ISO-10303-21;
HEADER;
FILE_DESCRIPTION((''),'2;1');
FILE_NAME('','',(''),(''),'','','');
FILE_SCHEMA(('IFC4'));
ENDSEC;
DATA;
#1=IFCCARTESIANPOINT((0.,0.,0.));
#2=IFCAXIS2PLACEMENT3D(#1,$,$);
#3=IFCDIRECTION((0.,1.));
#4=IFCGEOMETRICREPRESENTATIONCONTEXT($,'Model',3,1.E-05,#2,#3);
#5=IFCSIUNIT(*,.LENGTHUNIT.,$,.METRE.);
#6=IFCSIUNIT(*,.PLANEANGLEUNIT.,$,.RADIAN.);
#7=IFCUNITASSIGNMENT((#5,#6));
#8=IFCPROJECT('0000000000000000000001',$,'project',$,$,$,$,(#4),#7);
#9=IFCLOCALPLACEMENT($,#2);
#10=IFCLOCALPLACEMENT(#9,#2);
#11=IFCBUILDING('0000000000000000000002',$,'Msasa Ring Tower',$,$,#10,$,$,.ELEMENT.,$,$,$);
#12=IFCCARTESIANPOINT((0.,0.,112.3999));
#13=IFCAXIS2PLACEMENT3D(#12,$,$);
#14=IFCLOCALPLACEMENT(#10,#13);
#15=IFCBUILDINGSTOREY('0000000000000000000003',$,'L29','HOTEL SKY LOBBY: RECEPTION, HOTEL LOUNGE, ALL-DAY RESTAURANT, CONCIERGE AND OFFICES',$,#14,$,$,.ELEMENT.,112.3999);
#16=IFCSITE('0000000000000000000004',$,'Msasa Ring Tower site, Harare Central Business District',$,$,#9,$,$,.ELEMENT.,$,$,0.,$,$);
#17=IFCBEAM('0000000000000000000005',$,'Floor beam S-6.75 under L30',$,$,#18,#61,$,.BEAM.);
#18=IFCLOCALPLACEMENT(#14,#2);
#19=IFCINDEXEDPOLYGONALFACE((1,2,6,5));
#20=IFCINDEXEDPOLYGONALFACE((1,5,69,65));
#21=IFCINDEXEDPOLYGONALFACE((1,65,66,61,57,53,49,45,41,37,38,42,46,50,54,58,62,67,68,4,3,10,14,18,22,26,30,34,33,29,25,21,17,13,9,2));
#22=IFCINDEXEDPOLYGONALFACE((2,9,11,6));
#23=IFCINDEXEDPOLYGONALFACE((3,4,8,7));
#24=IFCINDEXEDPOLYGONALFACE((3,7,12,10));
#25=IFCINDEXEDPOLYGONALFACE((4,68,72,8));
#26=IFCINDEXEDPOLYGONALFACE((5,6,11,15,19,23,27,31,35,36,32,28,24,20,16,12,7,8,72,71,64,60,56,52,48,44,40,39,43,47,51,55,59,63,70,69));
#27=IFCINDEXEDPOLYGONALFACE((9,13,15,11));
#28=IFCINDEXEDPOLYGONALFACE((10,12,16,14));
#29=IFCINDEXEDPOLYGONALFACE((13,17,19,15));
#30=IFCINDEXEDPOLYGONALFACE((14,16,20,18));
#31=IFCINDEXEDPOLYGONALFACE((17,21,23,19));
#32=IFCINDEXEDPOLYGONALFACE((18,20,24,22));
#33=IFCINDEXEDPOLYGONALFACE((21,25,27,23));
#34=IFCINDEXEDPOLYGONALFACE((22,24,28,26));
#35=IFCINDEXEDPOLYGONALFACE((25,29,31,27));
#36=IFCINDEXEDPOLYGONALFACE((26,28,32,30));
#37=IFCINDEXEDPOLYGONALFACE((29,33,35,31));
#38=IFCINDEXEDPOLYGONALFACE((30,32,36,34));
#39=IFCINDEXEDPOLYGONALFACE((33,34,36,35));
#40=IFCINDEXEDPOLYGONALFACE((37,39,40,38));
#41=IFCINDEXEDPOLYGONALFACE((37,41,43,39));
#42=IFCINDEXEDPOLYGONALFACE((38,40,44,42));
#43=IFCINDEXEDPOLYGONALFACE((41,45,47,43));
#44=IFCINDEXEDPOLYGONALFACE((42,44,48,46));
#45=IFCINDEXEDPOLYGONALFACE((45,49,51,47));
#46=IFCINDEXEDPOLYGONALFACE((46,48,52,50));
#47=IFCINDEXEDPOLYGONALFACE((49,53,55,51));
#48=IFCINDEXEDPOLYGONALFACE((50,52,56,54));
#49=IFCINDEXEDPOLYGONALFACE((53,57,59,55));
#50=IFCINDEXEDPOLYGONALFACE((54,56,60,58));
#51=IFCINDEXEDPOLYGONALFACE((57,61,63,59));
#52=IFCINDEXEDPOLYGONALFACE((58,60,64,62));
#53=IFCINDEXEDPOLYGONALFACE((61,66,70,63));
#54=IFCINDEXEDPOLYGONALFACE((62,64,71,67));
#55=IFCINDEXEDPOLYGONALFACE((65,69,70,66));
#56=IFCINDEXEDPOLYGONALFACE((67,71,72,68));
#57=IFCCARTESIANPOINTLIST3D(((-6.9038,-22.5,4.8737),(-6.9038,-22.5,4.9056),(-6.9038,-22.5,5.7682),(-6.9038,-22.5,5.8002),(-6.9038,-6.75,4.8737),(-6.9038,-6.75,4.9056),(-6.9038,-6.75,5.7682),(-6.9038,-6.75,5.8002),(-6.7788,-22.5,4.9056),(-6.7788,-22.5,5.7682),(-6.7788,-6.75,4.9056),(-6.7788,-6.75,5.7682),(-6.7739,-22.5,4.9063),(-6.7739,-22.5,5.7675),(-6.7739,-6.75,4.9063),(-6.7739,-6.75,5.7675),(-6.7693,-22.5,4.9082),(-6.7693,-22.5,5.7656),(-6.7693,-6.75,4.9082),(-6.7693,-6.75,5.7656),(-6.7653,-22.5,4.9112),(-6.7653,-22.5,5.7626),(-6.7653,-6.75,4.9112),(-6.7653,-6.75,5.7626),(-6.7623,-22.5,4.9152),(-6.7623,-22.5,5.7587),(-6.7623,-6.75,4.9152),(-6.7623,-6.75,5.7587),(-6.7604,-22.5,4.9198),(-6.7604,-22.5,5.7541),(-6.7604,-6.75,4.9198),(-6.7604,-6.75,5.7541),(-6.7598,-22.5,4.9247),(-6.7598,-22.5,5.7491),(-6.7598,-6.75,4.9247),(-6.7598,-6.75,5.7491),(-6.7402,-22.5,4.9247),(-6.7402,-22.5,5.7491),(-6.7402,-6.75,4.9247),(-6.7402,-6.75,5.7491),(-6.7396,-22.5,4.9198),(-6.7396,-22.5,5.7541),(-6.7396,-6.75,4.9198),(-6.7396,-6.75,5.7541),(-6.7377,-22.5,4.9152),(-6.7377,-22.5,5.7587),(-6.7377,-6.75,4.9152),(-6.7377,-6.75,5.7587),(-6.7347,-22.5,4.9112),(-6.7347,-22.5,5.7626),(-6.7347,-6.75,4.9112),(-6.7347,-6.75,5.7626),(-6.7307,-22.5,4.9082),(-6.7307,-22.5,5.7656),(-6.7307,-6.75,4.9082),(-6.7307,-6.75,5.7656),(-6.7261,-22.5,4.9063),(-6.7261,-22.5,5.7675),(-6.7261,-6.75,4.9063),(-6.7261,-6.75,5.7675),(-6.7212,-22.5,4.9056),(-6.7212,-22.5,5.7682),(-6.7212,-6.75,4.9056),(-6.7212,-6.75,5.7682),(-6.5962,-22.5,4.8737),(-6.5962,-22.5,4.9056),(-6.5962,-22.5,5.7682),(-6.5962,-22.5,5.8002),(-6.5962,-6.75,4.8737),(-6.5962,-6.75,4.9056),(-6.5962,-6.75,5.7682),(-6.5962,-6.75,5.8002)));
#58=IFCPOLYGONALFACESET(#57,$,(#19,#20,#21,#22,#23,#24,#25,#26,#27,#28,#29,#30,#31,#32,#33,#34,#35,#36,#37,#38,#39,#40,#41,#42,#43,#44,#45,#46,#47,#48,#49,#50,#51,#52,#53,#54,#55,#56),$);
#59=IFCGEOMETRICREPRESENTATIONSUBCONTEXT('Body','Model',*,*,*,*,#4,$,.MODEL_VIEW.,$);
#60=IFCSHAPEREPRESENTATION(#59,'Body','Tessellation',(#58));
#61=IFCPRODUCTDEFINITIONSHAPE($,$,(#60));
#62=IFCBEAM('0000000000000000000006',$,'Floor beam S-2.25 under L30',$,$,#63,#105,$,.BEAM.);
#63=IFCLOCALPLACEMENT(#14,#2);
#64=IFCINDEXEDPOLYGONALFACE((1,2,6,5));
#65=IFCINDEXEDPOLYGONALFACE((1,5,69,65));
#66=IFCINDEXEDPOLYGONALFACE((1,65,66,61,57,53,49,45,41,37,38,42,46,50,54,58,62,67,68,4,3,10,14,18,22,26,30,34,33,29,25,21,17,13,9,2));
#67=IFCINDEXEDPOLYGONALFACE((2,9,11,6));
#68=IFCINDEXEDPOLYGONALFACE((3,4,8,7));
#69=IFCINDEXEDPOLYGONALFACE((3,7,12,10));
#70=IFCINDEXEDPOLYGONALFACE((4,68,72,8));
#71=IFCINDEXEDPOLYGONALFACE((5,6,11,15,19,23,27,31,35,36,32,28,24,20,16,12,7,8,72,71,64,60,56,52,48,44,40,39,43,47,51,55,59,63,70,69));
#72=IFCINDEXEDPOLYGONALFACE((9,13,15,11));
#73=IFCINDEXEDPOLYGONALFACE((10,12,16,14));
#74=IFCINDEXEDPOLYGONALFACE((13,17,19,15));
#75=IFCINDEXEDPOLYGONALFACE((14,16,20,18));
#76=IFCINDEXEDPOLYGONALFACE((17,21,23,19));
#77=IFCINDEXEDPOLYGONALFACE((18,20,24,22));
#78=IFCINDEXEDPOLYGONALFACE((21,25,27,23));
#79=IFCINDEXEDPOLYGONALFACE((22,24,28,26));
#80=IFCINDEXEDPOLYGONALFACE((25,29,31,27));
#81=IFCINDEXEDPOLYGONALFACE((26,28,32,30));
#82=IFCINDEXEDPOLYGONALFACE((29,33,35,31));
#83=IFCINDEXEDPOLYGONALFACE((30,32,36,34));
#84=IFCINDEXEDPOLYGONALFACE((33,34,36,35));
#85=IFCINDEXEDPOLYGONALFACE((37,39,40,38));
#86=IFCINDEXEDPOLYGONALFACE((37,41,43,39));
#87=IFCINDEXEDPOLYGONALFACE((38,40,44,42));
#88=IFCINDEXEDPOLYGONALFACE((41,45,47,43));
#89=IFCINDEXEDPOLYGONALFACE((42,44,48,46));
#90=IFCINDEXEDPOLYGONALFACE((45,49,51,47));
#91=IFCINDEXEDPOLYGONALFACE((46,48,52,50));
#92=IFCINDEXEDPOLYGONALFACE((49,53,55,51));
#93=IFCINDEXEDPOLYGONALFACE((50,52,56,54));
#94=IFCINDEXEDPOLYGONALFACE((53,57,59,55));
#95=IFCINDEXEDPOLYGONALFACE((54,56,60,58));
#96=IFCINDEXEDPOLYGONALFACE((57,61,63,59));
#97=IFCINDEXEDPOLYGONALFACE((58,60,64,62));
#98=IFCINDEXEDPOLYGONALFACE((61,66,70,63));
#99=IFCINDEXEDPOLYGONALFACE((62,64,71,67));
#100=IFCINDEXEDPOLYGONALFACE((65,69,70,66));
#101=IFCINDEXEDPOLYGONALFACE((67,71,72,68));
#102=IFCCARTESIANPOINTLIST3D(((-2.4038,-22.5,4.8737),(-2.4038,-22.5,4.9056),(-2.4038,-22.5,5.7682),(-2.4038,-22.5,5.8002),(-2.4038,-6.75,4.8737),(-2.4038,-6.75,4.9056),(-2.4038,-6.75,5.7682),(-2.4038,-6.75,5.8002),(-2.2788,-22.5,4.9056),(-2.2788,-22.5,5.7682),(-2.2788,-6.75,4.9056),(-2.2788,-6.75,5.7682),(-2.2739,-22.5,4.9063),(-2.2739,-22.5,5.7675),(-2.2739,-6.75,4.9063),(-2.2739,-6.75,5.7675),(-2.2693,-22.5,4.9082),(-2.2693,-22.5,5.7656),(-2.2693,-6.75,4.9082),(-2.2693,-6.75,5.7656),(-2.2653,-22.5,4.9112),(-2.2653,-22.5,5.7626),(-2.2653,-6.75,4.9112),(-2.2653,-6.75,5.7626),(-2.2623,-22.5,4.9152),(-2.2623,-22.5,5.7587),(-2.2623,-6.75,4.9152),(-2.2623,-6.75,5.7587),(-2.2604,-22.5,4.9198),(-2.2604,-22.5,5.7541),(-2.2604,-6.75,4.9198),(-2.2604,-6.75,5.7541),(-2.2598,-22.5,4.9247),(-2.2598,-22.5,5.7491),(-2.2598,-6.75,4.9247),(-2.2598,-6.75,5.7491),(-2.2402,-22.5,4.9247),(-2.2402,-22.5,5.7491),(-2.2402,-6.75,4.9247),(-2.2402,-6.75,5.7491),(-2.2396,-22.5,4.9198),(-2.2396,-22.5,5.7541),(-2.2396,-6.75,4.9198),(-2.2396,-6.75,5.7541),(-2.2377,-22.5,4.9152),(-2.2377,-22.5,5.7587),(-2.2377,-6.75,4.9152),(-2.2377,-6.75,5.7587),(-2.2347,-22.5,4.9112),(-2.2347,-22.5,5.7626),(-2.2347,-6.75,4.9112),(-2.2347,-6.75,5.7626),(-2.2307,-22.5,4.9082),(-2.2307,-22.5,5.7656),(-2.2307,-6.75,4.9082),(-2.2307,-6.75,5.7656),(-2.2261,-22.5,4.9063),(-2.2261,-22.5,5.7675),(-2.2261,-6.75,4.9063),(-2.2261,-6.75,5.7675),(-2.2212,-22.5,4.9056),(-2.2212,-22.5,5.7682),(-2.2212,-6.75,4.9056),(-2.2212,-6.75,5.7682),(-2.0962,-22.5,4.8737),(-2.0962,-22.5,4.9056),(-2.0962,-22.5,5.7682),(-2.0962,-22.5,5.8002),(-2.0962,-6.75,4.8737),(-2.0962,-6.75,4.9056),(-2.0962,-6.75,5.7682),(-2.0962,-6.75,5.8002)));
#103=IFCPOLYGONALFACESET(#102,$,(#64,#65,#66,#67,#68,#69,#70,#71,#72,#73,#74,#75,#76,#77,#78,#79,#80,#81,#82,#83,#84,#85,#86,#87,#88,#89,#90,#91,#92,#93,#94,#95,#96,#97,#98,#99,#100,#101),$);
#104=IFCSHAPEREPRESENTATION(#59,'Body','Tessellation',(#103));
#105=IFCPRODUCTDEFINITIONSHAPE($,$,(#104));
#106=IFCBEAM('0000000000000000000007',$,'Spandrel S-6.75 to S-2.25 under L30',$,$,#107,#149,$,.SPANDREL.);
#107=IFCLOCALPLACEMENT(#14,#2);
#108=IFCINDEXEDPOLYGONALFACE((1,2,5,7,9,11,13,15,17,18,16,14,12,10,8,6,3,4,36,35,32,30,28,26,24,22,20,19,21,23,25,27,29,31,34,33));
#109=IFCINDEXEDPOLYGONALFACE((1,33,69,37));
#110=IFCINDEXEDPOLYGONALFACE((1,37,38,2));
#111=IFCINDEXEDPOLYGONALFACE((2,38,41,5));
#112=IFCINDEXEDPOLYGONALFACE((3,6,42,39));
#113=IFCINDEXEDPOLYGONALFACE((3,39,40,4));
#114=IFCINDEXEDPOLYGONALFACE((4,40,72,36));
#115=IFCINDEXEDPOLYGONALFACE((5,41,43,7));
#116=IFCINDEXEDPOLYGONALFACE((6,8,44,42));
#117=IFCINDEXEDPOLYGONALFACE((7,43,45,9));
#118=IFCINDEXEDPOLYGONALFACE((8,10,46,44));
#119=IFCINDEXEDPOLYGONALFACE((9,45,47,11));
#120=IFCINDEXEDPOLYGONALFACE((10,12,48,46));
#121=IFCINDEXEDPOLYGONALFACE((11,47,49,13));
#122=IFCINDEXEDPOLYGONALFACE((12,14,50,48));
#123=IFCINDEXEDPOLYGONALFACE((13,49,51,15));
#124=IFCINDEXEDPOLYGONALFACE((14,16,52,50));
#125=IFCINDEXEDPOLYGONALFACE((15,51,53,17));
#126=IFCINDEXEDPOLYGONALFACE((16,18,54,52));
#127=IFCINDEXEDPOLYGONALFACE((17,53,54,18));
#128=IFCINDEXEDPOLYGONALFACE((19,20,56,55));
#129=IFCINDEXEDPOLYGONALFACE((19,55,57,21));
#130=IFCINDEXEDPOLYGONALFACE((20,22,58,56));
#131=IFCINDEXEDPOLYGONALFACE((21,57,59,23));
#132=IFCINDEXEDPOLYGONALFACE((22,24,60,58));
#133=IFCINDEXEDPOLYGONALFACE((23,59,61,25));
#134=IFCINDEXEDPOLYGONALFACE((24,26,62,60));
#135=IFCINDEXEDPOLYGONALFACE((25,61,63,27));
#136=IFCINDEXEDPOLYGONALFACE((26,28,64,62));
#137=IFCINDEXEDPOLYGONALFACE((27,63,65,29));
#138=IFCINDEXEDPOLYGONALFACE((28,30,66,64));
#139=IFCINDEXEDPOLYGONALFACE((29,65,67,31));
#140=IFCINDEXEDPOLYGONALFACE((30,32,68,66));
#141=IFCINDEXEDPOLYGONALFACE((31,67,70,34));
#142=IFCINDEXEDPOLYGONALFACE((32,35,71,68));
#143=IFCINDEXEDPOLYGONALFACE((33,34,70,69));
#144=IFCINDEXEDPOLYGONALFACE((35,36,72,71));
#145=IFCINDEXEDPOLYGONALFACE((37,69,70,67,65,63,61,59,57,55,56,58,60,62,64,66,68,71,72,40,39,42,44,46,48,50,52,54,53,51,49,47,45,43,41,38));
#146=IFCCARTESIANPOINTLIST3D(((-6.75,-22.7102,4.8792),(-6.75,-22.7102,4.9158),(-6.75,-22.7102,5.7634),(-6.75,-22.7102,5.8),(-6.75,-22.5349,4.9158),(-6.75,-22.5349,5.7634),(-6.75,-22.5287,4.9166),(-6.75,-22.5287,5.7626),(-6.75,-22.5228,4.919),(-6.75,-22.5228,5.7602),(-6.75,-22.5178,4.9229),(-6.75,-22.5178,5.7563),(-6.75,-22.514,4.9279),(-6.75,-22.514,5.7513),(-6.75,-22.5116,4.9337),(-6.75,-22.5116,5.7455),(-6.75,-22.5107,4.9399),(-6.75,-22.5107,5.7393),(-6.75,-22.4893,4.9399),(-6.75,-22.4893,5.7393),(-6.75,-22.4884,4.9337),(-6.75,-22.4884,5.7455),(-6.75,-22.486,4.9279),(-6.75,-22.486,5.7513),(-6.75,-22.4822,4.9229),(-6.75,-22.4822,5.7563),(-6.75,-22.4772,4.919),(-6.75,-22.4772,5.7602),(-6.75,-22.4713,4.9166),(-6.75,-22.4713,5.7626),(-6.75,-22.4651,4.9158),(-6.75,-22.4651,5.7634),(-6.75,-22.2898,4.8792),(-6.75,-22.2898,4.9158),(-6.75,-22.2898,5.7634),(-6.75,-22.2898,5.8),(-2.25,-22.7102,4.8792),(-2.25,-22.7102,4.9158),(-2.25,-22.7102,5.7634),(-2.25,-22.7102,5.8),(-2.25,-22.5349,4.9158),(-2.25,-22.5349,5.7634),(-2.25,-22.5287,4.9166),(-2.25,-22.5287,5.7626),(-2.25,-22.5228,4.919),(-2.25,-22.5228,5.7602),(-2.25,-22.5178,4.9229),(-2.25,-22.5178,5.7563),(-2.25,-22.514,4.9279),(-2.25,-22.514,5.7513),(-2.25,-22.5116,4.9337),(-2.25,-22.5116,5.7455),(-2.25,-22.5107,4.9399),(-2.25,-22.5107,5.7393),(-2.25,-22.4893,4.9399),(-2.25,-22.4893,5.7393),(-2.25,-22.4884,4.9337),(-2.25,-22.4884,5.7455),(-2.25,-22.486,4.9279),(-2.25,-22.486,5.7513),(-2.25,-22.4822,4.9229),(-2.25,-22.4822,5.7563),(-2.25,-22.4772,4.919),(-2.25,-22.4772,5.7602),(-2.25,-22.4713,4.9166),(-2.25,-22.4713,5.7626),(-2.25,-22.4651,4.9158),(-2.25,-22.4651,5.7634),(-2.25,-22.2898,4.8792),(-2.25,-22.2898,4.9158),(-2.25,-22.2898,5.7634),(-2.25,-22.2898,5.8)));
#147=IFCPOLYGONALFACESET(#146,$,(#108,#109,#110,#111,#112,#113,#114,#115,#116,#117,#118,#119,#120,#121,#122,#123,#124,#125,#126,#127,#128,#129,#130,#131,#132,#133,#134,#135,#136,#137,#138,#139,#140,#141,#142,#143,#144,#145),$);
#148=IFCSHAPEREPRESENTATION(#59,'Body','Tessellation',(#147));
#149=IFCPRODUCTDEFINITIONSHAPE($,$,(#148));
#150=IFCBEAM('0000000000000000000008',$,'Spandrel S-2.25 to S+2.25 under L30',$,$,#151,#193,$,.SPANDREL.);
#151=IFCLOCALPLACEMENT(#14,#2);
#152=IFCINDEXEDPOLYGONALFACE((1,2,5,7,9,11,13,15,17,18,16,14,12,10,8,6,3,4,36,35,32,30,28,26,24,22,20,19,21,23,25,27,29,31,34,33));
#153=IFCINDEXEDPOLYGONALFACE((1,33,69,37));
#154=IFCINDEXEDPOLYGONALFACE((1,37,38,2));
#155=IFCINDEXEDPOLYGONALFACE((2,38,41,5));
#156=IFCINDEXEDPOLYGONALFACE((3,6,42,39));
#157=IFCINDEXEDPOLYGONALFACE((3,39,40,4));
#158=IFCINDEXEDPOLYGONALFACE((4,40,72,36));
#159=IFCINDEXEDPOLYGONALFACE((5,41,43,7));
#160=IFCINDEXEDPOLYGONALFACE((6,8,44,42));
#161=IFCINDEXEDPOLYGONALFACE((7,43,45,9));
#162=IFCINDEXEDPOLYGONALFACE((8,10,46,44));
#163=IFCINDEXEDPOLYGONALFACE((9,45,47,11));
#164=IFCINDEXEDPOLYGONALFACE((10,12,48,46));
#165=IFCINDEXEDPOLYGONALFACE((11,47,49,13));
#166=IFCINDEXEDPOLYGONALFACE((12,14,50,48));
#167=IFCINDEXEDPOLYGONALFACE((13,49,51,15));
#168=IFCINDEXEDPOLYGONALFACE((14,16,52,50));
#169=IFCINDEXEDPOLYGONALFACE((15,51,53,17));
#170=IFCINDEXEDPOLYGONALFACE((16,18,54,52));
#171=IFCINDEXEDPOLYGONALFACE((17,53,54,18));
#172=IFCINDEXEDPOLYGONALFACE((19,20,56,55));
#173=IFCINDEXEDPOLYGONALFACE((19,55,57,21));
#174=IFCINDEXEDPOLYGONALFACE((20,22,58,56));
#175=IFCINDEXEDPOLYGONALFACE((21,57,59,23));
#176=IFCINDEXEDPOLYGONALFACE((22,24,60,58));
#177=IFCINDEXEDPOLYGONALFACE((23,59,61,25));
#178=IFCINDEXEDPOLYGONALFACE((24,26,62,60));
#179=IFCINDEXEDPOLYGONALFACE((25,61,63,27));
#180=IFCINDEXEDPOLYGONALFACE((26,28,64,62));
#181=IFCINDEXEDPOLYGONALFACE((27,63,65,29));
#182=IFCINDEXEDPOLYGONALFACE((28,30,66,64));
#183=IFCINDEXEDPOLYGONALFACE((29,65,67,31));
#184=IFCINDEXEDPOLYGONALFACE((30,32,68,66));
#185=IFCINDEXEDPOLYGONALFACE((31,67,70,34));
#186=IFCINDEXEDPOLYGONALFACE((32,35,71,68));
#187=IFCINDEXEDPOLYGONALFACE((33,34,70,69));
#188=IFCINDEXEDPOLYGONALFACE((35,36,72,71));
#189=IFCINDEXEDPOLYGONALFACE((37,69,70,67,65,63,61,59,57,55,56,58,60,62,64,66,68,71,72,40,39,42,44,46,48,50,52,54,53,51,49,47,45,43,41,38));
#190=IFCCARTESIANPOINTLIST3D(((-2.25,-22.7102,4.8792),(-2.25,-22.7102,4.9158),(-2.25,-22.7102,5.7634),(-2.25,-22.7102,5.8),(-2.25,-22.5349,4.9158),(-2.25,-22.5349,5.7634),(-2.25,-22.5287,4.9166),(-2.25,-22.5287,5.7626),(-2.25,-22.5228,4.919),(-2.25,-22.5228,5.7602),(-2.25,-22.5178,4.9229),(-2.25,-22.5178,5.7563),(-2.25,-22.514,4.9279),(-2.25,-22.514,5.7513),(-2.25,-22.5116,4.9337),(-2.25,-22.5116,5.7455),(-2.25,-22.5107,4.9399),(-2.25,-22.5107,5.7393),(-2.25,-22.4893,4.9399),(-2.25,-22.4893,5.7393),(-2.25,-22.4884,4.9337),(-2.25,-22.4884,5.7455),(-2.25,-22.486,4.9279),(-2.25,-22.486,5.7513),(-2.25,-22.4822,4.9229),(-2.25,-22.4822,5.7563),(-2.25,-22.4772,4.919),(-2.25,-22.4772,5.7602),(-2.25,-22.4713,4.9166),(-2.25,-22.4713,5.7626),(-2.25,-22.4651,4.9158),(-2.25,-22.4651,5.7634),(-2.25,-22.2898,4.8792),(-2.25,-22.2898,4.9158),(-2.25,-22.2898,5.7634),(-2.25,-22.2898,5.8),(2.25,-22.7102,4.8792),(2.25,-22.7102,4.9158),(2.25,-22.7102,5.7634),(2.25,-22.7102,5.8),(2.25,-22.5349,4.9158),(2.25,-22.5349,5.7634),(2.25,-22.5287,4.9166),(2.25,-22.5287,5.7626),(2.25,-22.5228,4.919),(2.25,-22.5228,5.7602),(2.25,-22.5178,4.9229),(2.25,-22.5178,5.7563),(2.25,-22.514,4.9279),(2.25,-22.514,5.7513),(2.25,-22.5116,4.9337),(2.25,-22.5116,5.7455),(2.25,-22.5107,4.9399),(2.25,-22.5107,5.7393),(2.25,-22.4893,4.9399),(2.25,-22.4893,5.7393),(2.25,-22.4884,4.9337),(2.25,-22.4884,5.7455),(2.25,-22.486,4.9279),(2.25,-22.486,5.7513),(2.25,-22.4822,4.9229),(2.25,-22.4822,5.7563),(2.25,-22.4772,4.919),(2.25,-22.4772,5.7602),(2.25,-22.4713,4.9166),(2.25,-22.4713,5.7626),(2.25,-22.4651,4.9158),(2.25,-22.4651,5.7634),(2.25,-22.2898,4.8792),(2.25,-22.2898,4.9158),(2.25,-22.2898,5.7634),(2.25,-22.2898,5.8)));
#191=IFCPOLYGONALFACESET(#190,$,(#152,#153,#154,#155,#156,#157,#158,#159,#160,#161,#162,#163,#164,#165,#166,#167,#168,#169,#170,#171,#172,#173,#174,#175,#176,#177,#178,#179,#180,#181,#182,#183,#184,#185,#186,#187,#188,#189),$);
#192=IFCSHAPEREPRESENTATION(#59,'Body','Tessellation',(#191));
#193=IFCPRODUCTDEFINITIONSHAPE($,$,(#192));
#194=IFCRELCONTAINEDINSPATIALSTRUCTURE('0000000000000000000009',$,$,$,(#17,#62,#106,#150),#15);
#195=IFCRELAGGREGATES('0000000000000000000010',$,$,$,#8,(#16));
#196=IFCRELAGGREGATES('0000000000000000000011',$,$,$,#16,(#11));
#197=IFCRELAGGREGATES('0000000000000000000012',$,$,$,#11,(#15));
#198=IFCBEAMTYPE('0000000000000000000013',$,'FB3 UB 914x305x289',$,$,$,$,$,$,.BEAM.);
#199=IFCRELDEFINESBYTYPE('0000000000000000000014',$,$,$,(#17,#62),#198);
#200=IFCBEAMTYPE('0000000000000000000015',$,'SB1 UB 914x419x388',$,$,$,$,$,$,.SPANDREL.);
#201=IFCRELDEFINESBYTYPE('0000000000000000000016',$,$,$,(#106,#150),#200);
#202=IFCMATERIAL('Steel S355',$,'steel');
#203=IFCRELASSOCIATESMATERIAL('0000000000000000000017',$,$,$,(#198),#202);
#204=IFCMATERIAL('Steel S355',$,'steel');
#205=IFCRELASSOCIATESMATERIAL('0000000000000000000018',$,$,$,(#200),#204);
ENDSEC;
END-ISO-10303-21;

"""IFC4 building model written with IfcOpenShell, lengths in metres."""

from ifc_helpers import new_model, si_unit, direction, frame, origin, origin_2d, place, context, subcontext, project, spatial, i_section, extrude, material, material_profile, profile_set, type_object, element, save


model = new_model("IFC4")

# Units and contexts
model_context = context("Model", 3, precision=1e-05, world=origin(), true_north=direction((0.0, 1.0)))
body_context = subcontext(model_context, "Body", "Model", "MODEL_VIEW")
ifc_project = project(units=[si_unit("LENGTHUNIT", "METRE"), si_unit("PLANEANGLEUNIT", "RADIAN")], contexts=[model_context])

# Site, building, storey
site_placement = place(None, origin())
site = spatial("IfcSite", under=ifc_project, at=site_placement, Name="Msasa Ring Tower site, Harare Central Business District", CompositionType="ELEMENT", RefElevation=0.0)
building_placement = place(site_placement, origin())
building = spatial("IfcBuilding", under=site, at=building_placement, Name="Msasa Ring Tower", CompositionType="ELEMENT")
storey_placement = place(building_placement, frame((0.0, 0.0, 112.3999)))
storey = spatial("IfcBuildingStorey", under=building, at=storey_placement, Name="L29", Description="HOTEL SKY LOBBY: RECEPTION, HOTEL LOUNGE, ALL-DAY RESTAURANT, CONCIERGE AND OFFICES", CompositionType="ELEMENT", Elevation=112.3999)

# Beams
ifc_material_1 = material(Name="Steel S355", Category="steel")
ifc_material_profile_1 = material_profile(ifc_material_1, i_section(OverallWidth=0.3076, OverallDepth=0.9265, WebThickness=0.0195, FlangeThickness=0.032, FilletRadius=0.019, at=origin_2d()), Name="UB 914x305x289")
ifc_profile_set_1 = profile_set([ifc_material_profile_1], Name="Steel S355")
beam_type_1 = type_object("IfcBeamType", Name="FB3 UB 914x305x289", PredefinedType="BEAM", material=ifc_profile_set_1)
for number, where, z_axis, x_axis, name in (
    (1, (-6.75, -22.5, 5.3369), (0.0, 1.0, 0.0), (-1.0, 0.0, 0.0), "Floor beam S-6.75 under L30"),
    (2, (-2.25, -22.5, 5.3369), (0.0, 1.0, 0.0), (-1.0, 0.0, 0.0), "Floor beam S-2.25 under L30"),
):
    element("IfcBeam", number, at=place(storey_placement, frame(where, z_axis=z_axis, x_axis=x_axis)), inside=storey, type_object=beam_type_1, Name=name, PredefinedType="BEAM", context=body_context, shape_type="SweptSolid", body=[
        extrude(i_section(OverallWidth=0.3076, OverallDepth=0.9265, WebThickness=0.0195, FlangeThickness=0.032, FilletRadius=0.019, at=origin_2d()), origin(), (0.0, 0.0, 1.0), 15.75),
    ])
ifc_material_2 = material(Name="Steel S355", Category="steel")
ifc_material_profile_2 = material_profile(ifc_material_2, i_section(OverallWidth=0.4204, OverallDepth=0.9209, WebThickness=0.0215, FlangeThickness=0.0366, FilletRadius=0.0242, at=origin_2d()), Name="UB 914x419x388")
ifc_profile_set_2 = profile_set([ifc_material_profile_2], Name="Steel S355")
beam_type_2 = type_object("IfcBeamType", Name="SB1 UB 914x419x388", PredefinedType="SPANDREL", material=ifc_profile_set_2)
for number, where, z_axis, x_axis, name in (
    (3, (-6.75, -22.5, 5.3396), (1.0, 0.0, 0.0), (0.0, 1.0, 0.0), "Spandrel S-6.75 to S-2.25 under L30"),
    (4, (-2.25, -22.5, 5.3396), (1.0, 0.0, 0.0), (0.0, 1.0, 0.0), "Spandrel S-2.25 to S+2.25 under L30"),
):
    element("IfcBeam", number, at=place(storey_placement, frame(where, z_axis=z_axis, x_axis=x_axis)), inside=storey, type_object=beam_type_2, Name=name, PredefinedType="SPANDREL", context=body_context, shape_type="SweptSolid", body=[
        extrude(i_section(OverallWidth=0.4204, OverallDepth=0.9209, WebThickness=0.0215, FlangeThickness=0.0366, FilletRadius=0.0242, at=origin_2d()), origin(), (0.0, 0.0, 1.0), 4.5),
    ])

save(model, "model.ifc")
